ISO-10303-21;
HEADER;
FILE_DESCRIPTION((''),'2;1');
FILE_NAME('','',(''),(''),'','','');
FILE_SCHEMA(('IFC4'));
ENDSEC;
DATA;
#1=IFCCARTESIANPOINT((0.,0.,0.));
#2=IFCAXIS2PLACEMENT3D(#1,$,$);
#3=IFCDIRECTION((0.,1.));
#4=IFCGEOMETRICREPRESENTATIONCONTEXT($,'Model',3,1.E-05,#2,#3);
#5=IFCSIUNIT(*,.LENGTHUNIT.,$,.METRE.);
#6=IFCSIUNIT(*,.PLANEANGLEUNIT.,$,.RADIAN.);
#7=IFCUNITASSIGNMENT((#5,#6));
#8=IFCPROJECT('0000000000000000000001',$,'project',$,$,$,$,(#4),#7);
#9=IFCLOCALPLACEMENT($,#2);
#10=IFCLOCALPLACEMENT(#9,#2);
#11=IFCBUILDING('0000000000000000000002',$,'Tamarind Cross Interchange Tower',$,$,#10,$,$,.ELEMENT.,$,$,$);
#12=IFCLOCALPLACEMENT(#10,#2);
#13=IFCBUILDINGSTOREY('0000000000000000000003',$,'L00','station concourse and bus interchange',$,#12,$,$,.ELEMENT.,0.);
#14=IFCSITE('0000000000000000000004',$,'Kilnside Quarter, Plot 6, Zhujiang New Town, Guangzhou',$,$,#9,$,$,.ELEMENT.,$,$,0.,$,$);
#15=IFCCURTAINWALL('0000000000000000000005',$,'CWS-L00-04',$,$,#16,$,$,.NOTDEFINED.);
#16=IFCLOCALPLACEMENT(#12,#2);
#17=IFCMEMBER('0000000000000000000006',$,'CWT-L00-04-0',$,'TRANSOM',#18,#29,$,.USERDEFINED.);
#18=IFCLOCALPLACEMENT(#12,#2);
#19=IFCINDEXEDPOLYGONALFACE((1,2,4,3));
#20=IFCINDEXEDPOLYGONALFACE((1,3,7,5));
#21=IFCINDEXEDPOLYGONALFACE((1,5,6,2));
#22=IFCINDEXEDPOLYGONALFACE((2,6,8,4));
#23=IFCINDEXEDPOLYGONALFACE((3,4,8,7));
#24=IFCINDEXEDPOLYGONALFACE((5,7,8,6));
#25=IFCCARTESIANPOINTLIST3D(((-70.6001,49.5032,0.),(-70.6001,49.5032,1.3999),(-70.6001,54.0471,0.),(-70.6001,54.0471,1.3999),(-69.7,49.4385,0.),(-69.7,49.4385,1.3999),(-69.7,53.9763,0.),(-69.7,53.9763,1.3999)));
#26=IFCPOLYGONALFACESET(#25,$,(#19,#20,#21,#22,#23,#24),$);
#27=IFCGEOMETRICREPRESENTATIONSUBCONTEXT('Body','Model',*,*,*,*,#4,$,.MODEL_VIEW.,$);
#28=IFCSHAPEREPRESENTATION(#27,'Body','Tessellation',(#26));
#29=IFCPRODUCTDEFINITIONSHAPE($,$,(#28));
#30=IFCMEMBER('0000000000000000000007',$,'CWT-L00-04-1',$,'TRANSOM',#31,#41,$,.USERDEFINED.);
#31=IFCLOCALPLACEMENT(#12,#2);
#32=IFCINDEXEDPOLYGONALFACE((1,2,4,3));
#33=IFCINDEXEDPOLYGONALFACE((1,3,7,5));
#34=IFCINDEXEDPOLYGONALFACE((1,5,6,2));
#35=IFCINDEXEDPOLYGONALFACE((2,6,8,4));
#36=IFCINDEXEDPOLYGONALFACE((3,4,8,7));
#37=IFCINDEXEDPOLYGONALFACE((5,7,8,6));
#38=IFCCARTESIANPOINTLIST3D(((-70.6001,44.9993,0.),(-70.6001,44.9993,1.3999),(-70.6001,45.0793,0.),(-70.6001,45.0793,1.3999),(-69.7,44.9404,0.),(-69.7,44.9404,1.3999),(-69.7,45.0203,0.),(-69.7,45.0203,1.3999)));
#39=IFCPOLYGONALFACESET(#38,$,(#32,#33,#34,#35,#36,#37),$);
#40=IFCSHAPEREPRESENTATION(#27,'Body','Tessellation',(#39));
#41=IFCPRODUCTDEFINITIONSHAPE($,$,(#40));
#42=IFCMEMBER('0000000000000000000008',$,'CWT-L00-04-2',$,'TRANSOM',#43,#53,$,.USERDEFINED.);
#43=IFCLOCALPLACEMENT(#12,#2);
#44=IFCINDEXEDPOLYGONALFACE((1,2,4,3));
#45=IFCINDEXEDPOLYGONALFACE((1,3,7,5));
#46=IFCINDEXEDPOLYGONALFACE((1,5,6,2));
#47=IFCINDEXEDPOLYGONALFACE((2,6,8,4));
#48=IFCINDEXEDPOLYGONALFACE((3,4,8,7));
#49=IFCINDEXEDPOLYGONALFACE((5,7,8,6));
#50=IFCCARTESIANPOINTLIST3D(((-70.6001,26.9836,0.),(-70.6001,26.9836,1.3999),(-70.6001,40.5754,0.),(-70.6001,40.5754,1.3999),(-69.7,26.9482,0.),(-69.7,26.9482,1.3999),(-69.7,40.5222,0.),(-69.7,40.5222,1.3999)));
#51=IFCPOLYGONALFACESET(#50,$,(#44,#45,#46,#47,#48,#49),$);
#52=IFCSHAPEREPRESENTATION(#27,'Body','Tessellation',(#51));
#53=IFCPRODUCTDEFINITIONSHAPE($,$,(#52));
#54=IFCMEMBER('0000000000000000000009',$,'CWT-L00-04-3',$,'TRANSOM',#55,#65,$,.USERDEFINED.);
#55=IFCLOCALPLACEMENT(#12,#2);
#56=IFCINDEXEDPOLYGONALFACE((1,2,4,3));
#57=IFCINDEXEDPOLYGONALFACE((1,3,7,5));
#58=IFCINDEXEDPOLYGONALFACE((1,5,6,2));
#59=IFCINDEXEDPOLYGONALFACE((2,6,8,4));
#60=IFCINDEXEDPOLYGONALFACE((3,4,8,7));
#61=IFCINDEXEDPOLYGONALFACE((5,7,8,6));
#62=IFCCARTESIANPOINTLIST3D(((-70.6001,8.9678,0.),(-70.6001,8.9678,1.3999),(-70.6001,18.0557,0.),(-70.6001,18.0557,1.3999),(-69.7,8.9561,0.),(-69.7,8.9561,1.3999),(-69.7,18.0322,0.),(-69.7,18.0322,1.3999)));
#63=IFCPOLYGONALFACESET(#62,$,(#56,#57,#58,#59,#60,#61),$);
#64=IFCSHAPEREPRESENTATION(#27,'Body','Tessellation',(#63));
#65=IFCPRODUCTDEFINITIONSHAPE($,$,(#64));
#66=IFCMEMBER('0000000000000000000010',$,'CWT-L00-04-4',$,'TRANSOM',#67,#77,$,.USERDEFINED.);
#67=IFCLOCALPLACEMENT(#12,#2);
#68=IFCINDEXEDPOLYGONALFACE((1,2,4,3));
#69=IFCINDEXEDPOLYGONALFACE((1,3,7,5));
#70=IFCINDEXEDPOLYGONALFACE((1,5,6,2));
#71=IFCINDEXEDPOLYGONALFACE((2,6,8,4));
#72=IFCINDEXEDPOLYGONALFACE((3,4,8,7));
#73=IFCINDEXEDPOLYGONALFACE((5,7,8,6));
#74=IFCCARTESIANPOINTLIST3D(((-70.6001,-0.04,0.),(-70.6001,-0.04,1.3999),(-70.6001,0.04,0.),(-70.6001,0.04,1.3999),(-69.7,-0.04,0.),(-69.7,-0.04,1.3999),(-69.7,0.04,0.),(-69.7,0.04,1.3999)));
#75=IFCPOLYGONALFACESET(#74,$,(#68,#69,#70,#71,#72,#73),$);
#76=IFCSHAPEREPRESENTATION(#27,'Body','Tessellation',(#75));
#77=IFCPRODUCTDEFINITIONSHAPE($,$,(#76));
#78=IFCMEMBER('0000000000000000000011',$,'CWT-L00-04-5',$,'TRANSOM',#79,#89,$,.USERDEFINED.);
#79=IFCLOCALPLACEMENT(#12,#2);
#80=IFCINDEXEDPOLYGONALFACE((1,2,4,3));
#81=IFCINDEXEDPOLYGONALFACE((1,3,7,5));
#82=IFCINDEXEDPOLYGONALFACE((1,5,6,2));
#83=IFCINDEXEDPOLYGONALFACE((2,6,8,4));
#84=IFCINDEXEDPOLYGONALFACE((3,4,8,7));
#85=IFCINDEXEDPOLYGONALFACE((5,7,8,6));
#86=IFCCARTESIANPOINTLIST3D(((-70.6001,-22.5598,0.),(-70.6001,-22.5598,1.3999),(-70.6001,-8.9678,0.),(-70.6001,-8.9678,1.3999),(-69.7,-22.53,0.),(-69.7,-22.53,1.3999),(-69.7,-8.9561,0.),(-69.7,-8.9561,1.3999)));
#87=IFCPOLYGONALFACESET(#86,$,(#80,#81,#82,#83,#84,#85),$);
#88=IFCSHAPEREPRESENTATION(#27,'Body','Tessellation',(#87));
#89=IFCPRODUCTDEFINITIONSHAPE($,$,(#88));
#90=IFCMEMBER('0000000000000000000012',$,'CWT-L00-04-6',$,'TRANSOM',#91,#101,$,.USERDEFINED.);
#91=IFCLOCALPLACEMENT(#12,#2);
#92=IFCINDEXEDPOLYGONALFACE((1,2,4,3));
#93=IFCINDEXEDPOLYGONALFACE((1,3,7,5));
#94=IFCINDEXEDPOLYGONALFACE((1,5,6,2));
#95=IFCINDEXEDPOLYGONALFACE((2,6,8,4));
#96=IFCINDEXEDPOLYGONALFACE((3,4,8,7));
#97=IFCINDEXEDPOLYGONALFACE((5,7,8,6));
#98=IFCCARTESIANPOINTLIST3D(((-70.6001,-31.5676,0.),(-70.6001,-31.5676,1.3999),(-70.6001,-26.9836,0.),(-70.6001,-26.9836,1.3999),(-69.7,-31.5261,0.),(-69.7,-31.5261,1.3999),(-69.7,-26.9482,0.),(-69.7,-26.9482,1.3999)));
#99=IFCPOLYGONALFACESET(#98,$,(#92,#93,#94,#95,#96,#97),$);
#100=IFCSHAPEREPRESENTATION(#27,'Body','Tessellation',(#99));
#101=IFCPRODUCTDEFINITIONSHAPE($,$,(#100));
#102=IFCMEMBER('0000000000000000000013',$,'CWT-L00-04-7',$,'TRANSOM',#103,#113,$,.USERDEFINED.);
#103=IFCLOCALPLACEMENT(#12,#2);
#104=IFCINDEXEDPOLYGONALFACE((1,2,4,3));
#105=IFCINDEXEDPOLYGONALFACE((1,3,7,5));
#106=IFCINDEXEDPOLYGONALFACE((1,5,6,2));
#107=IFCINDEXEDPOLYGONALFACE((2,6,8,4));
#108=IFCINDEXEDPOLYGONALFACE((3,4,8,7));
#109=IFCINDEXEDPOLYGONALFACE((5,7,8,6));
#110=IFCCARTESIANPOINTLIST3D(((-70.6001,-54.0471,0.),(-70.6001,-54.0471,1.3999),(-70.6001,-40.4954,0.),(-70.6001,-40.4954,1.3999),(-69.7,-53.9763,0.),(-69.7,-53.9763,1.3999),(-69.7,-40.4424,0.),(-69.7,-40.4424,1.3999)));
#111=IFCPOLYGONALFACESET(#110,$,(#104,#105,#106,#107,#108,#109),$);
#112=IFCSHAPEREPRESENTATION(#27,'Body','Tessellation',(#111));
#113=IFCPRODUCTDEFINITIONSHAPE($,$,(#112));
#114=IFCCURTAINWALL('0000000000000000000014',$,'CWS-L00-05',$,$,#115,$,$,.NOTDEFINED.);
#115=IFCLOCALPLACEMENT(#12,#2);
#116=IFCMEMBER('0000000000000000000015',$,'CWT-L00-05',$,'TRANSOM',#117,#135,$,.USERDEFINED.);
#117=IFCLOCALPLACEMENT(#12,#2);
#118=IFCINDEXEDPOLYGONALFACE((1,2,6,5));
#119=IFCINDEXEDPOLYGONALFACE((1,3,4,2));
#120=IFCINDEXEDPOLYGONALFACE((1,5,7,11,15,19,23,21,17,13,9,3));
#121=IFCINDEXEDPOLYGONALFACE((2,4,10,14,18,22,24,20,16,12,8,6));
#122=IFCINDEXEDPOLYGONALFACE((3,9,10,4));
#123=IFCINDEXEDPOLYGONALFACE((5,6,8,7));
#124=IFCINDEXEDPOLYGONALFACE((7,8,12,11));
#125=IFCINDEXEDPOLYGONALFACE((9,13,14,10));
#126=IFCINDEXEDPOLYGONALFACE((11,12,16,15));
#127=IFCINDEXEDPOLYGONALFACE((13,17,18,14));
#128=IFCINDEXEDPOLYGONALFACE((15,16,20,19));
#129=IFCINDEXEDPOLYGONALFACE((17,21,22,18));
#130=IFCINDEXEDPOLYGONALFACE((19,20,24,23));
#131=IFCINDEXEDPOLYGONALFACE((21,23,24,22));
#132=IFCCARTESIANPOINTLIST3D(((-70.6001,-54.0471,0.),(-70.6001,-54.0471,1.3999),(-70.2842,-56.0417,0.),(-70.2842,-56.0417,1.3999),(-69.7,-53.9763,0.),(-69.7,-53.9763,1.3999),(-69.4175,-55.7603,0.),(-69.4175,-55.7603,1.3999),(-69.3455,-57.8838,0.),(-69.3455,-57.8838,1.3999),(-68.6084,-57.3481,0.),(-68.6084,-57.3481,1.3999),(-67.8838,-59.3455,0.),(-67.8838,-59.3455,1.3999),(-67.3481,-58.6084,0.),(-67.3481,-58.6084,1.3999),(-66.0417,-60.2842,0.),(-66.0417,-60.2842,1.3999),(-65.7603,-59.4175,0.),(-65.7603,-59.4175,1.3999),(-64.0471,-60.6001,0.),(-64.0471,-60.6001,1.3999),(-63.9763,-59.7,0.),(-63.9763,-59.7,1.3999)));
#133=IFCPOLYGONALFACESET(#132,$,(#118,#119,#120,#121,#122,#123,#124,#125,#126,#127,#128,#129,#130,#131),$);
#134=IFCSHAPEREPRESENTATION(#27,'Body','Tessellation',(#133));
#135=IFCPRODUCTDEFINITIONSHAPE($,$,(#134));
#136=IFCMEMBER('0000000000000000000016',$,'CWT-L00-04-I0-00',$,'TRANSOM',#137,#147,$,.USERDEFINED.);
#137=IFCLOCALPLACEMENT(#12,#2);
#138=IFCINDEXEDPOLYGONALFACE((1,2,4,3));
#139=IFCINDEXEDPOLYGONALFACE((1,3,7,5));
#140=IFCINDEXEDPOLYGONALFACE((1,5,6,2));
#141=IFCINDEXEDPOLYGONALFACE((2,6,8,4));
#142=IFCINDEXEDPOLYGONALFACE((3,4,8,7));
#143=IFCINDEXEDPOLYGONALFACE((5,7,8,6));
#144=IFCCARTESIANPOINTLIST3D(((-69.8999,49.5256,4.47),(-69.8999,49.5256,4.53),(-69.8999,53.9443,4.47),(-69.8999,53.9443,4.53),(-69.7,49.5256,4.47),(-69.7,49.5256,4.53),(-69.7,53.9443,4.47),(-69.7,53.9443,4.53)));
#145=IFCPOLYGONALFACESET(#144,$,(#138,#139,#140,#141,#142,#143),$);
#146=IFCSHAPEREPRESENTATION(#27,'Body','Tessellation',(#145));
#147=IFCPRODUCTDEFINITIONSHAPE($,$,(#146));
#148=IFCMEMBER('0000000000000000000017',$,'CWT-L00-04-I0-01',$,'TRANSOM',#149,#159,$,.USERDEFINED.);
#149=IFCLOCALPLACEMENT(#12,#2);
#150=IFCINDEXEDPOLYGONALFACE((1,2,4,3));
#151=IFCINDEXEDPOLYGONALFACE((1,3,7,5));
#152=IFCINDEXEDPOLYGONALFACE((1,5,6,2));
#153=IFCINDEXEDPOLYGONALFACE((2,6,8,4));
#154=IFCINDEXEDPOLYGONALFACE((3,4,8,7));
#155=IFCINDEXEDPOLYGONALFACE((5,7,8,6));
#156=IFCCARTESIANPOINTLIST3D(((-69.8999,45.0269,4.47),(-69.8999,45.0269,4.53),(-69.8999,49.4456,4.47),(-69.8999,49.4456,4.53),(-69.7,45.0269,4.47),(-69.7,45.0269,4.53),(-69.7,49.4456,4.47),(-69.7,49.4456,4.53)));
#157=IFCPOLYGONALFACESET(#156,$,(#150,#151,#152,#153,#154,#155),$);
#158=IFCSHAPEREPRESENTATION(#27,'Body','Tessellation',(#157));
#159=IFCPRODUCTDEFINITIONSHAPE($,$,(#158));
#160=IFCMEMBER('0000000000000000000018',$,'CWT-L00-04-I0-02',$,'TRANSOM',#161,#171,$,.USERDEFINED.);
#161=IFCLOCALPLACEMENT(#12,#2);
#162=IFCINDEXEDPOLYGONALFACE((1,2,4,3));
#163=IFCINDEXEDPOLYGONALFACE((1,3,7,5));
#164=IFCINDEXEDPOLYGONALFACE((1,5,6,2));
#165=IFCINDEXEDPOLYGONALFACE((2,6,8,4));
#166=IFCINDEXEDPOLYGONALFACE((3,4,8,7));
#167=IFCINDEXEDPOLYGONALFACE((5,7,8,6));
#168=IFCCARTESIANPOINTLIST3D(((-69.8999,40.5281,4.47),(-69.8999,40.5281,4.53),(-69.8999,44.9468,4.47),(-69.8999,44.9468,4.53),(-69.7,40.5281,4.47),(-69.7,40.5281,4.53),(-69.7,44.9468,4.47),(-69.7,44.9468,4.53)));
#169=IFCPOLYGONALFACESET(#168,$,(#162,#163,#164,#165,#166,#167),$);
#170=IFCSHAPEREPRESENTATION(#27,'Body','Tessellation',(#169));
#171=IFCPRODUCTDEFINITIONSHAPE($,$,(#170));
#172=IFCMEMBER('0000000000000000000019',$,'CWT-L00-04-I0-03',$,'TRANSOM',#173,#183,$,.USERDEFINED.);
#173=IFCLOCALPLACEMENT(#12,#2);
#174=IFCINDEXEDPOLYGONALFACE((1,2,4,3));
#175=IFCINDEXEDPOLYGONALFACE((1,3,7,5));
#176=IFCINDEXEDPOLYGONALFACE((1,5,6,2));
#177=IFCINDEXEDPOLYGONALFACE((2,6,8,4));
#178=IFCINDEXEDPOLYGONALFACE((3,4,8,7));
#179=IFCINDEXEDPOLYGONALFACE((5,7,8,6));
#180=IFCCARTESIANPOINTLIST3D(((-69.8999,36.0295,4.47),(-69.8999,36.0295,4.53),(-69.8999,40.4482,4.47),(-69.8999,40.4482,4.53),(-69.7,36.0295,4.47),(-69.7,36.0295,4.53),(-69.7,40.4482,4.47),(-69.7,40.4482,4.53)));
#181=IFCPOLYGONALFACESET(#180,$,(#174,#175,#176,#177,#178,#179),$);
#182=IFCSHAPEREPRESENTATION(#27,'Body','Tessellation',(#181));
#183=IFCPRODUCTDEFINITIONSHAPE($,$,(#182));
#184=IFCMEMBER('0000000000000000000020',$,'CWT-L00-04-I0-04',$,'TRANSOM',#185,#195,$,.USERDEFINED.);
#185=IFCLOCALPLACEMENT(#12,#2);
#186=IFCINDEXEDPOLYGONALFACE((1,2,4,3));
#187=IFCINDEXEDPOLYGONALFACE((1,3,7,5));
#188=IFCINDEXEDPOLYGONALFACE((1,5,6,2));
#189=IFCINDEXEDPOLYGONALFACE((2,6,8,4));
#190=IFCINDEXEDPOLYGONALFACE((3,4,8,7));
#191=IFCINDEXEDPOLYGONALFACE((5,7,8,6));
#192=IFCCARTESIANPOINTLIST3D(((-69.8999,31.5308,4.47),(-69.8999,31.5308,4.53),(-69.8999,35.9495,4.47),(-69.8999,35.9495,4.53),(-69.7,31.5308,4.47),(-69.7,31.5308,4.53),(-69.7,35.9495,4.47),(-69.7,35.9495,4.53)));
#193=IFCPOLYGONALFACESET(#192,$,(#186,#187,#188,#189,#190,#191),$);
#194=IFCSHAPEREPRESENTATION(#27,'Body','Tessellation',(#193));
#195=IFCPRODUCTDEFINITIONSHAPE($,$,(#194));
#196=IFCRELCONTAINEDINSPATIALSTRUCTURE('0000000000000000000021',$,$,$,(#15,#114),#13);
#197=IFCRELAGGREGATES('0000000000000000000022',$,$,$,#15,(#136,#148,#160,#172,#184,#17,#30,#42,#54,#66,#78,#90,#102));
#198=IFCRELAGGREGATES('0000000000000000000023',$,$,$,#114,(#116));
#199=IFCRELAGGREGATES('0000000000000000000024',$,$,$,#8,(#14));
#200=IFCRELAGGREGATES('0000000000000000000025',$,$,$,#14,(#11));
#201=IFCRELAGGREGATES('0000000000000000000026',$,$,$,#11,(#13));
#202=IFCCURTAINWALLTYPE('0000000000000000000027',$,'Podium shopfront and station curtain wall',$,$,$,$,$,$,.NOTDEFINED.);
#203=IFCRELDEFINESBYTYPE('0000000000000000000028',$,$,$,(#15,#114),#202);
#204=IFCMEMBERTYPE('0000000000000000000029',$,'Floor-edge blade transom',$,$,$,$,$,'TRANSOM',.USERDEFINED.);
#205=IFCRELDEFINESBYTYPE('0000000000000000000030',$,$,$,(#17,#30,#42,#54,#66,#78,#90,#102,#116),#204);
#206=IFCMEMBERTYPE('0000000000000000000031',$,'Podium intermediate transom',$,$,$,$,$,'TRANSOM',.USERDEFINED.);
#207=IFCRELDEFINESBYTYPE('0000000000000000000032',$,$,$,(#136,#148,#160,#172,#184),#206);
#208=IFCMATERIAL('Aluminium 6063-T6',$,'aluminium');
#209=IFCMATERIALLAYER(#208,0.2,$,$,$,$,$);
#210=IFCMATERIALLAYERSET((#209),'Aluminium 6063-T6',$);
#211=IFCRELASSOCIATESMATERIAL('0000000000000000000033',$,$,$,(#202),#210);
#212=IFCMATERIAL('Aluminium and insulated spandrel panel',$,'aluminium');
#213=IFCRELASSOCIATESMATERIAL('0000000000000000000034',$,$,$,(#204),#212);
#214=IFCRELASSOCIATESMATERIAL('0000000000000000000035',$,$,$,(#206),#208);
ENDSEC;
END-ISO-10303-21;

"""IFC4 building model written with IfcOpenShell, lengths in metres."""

from ifc_helpers import new_model, si_unit, direction, frame, origin, place, context, subcontext, project, spatial, polyline, outline, extrude, material, layer, layer_set, type_object, element, aggregate, save


model = new_model("IFC4")

# Units and contexts
model_context = context("Model", 3, precision=1e-05, world=origin(), true_north=direction((0.0, 1.0)))
body_context = subcontext(model_context, "Body", "Model", "MODEL_VIEW")
ifc_project = project(units=[si_unit("LENGTHUNIT", "METRE"), si_unit("PLANEANGLEUNIT", "RADIAN")], contexts=[model_context])

# Site, building, storey
site_placement = place(None, origin())
site = spatial("IfcSite", under=ifc_project, at=site_placement, Name="Kilnside Quarter, Plot 6, Zhujiang New Town, Guangzhou", CompositionType="ELEMENT", RefElevation=0.0)
building_placement = place(site_placement, origin())
building = spatial("IfcBuilding", under=site, at=building_placement, Name="Tamarind Cross Interchange Tower", CompositionType="ELEMENT")
storey_placement = place(building_placement, origin())
storey = spatial("IfcBuildingStorey", under=building, at=storey_placement, Name="L00", Description="station concourse and bus interchange", CompositionType="ELEMENT", Elevation=0.0)

# Curtain wall, members
ifc_material_1 = material(Name="Aluminium 6063-T6", Category="aluminium")
ifc_layer_1 = layer(ifc_material_1, 0.2)
ifc_layer_set_1 = layer_set([ifc_layer_1], Name="Aluminium 6063-T6")
curtain_wall_type = type_object("IfcCurtainWallType", Name="Podium shopfront and station curtain wall", PredefinedType="NOTDEFINED", material=ifc_layer_set_1)
curtain_wall_1_placement = place(storey_placement, origin())
curtain_wall_1 = element("IfcCurtainWall", 1, at=curtain_wall_1_placement, inside=storey, type_object=curtain_wall_type, Name="CWS-L00-04", PredefinedType="NOTDEFINED")
ifc_material_2 = material(Name="Aluminium and insulated spandrel panel", Category="aluminium")
member_type_1 = type_object("IfcMemberType", Name="Floor-edge blade transom", ElementType="TRANSOM", PredefinedType="USERDEFINED", material=ifc_material_2)
member_1_placement = place(storey_placement, origin())
member_1 = element("IfcMember", 2, at=member_1_placement, type_object=member_type_1, Name="CWT-L00-04-0", ObjectType="TRANSOM", PredefinedType="USERDEFINED", context=body_context, shape_type="SweptSolid", body=[
    extrude(outline(polyline([(-69.7, 53.9763), (-69.7, 49.4385), (-70.6001, 49.5032), (-70.6001, 54.0471), (-69.7, 53.9763)])), origin(), (0.0, 0.0, 1.0), 1.3999),
])
member_2_placement = place(storey_placement, origin())
member_2 = element("IfcMember", 3, at=member_2_placement, type_object=member_type_1, Name="CWT-L00-04-1", ObjectType="TRANSOM", PredefinedType="USERDEFINED", context=body_context, shape_type="SweptSolid", body=[
    extrude(outline(polyline([(-69.7, 45.0203), (-69.7, 44.9404), (-70.6001, 44.9993), (-70.6001, 45.0793), (-69.7, 45.0203)])), origin(), (0.0, 0.0, 1.0), 1.3999),
])
member_3_placement = place(storey_placement, origin())
member_3 = element("IfcMember", 4, at=member_3_placement, type_object=member_type_1, Name="CWT-L00-04-2", ObjectType="TRANSOM", PredefinedType="USERDEFINED", context=body_context, shape_type="SweptSolid", body=[
    extrude(outline(polyline([(-69.7, 40.5222), (-69.7, 26.9482), (-70.6001, 26.9836), (-70.6001, 40.5754), (-69.7, 40.5222)])), origin(), (0.0, 0.0, 1.0), 1.3999),
])
member_4_placement = place(storey_placement, origin())
member_4 = element("IfcMember", 5, at=member_4_placement, type_object=member_type_1, Name="CWT-L00-04-3", ObjectType="TRANSOM", PredefinedType="USERDEFINED", context=body_context, shape_type="SweptSolid", body=[
    extrude(outline(polyline([(-69.7, 18.0322), (-69.7, 8.9561), (-70.6001, 8.9678), (-70.6001, 18.0557), (-69.7, 18.0322)])), origin(), (0.0, 0.0, 1.0), 1.3999),
])
member_5_placement = place(storey_placement, origin())
member_5 = element("IfcMember", 6, at=member_5_placement, type_object=member_type_1, Name="CWT-L00-04-4", ObjectType="TRANSOM", PredefinedType="USERDEFINED", context=body_context, shape_type="SweptSolid", body=[
    extrude(outline(polyline([(-69.7, 0.04), (-69.7, -0.04), (-70.6001, -0.04), (-70.6001, 0.04), (-69.7, 0.04)])), origin(), (0.0, 0.0, 1.0), 1.3999),
])
member_6_placement = place(storey_placement, origin())
member_6 = element("IfcMember", 7, at=member_6_placement, type_object=member_type_1, Name="CWT-L00-04-5", ObjectType="TRANSOM", PredefinedType="USERDEFINED", context=body_context, shape_type="SweptSolid", body=[
    extrude(outline(polyline([(-69.7, -8.9561), (-69.7, -22.53), (-70.6001, -22.5598), (-70.6001, -8.9678), (-69.7, -8.9561)])), origin(), (0.0, 0.0, 1.0), 1.3999),
])
member_7_placement = place(storey_placement, origin())
member_7 = element("IfcMember", 8, at=member_7_placement, type_object=member_type_1, Name="CWT-L00-04-6", ObjectType="TRANSOM", PredefinedType="USERDEFINED", context=body_context, shape_type="SweptSolid", body=[
    extrude(outline(polyline([(-69.7, -26.9482), (-69.7, -31.5261), (-70.6001, -31.5676), (-70.6001, -26.9836), (-69.7, -26.9482)])), origin(), (0.0, 0.0, 1.0), 1.3999),
])
member_8_placement = place(storey_placement, origin())
member_8 = element("IfcMember", 9, at=member_8_placement, type_object=member_type_1, Name="CWT-L00-04-7", ObjectType="TRANSOM", PredefinedType="USERDEFINED", context=body_context, shape_type="SweptSolid", body=[
    extrude(outline(polyline([(-69.7, -40.4424), (-69.7, -53.9763), (-70.6001, -54.0471), (-70.6001, -40.4954), (-69.7, -40.4424)])), origin(), (0.0, 0.0, 1.0), 1.3999),
])

# Curtain wall, member
curtain_wall_2_placement = place(storey_placement, origin())
curtain_wall_2 = element("IfcCurtainWall", 10, at=curtain_wall_2_placement, inside=storey, type_object=curtain_wall_type, Name="CWS-L00-05", PredefinedType="NOTDEFINED")
member_9_placement = place(storey_placement, origin())
member_9 = element("IfcMember", 11, at=member_9_placement, type_object=member_type_1, Name="CWT-L00-05", ObjectType="TRANSOM", PredefinedType="USERDEFINED", context=body_context, shape_type="SweptSolid", body=[
    extrude(outline(polyline([(-69.7, -53.9763), (-69.4175, -55.7603), (-68.6084, -57.3481), (-67.3481, -58.6084), (-65.7603, -59.4175), (-63.9763, -59.7), (-64.0471, -60.6001), (-66.0417, -60.2842), (-67.8838, -59.3455), (-69.3455, -57.8838), (-70.2842, -56.0417), (-70.6001, -54.0471), (-69.7, -53.9763)])), origin(), (0.0, 0.0, 1.0), 1.3999),
])

# Members
member_type_2 = type_object("IfcMemberType", Name="Podium intermediate transom", ElementType="TRANSOM", PredefinedType="USERDEFINED", material=ifc_material_1)
member_10_placement = place(storey_placement, frame((0.0, 0.0, 4.47)))
member_10 = element("IfcMember", 12, at=member_10_placement, type_object=member_type_2, Name="CWT-L00-04-I0-00", ObjectType="TRANSOM", PredefinedType="USERDEFINED", context=body_context, shape_type="SweptSolid", body=[
    extrude(outline(polyline([(-69.7, 53.9443), (-69.7, 49.5256), (-69.8999, 49.5256), (-69.8999, 53.9443), (-69.7, 53.9443)])), origin(), (0.0, 0.0, 1.0), 0.0601),
])
member_11_placement = place(storey_placement, frame((0.0, 0.0, 4.47)))
member_11 = element("IfcMember", 13, at=member_11_placement, type_object=member_type_2, Name="CWT-L00-04-I0-01", ObjectType="TRANSOM", PredefinedType="USERDEFINED", context=body_context, shape_type="SweptSolid", body=[
    extrude(outline(polyline([(-69.7, 49.4456), (-69.7, 45.0269), (-69.8999, 45.0269), (-69.8999, 49.4456), (-69.7, 49.4456)])), origin(), (0.0, 0.0, 1.0), 0.0601),
])
member_12_placement = place(storey_placement, frame((0.0, 0.0, 4.47)))
member_12 = element("IfcMember", 14, at=member_12_placement, type_object=member_type_2, Name="CWT-L00-04-I0-02", ObjectType="TRANSOM", PredefinedType="USERDEFINED", context=body_context, shape_type="SweptSolid", body=[
    extrude(outline(polyline([(-69.7, 44.9468), (-69.7, 40.5281), (-69.8999, 40.5281), (-69.8999, 44.9468), (-69.7, 44.9468)])), origin(), (0.0, 0.0, 1.0), 0.0601),
])
member_13_placement = place(storey_placement, frame((0.0, 0.0, 4.47)))
member_13 = element("IfcMember", 15, at=member_13_placement, type_object=member_type_2, Name="CWT-L00-04-I0-03", ObjectType="TRANSOM", PredefinedType="USERDEFINED", context=body_context, shape_type="SweptSolid", body=[
    extrude(outline(polyline([(-69.7, 40.4482), (-69.7, 36.0295), (-69.8999, 36.0295), (-69.8999, 40.4482), (-69.7, 40.4482)])), origin(), (0.0, 0.0, 1.0), 0.0601),
])
member_14_placement = place(storey_placement, frame((0.0, 0.0, 4.47)))
member_14 = element("IfcMember", 16, at=member_14_placement, type_object=member_type_2, Name="CWT-L00-04-I0-04", ObjectType="TRANSOM", PredefinedType="USERDEFINED", context=body_context, shape_type="SweptSolid", body=[
    extrude(outline(polyline([(-69.7, 35.9495), (-69.7, 31.5308), (-69.8999, 31.5308), (-69.8999, 35.9495), (-69.7, 35.9495)])), origin(), (0.0, 0.0, 1.0), 0.0601),
])

aggregate(curtain_wall_1, [member_10, member_11, member_12, member_13, member_14, member_1, member_2, member_3, member_4, member_5, member_6, member_7, member_8])
aggregate(curtain_wall_2, [member_9])

save(model, "model.ifc")
